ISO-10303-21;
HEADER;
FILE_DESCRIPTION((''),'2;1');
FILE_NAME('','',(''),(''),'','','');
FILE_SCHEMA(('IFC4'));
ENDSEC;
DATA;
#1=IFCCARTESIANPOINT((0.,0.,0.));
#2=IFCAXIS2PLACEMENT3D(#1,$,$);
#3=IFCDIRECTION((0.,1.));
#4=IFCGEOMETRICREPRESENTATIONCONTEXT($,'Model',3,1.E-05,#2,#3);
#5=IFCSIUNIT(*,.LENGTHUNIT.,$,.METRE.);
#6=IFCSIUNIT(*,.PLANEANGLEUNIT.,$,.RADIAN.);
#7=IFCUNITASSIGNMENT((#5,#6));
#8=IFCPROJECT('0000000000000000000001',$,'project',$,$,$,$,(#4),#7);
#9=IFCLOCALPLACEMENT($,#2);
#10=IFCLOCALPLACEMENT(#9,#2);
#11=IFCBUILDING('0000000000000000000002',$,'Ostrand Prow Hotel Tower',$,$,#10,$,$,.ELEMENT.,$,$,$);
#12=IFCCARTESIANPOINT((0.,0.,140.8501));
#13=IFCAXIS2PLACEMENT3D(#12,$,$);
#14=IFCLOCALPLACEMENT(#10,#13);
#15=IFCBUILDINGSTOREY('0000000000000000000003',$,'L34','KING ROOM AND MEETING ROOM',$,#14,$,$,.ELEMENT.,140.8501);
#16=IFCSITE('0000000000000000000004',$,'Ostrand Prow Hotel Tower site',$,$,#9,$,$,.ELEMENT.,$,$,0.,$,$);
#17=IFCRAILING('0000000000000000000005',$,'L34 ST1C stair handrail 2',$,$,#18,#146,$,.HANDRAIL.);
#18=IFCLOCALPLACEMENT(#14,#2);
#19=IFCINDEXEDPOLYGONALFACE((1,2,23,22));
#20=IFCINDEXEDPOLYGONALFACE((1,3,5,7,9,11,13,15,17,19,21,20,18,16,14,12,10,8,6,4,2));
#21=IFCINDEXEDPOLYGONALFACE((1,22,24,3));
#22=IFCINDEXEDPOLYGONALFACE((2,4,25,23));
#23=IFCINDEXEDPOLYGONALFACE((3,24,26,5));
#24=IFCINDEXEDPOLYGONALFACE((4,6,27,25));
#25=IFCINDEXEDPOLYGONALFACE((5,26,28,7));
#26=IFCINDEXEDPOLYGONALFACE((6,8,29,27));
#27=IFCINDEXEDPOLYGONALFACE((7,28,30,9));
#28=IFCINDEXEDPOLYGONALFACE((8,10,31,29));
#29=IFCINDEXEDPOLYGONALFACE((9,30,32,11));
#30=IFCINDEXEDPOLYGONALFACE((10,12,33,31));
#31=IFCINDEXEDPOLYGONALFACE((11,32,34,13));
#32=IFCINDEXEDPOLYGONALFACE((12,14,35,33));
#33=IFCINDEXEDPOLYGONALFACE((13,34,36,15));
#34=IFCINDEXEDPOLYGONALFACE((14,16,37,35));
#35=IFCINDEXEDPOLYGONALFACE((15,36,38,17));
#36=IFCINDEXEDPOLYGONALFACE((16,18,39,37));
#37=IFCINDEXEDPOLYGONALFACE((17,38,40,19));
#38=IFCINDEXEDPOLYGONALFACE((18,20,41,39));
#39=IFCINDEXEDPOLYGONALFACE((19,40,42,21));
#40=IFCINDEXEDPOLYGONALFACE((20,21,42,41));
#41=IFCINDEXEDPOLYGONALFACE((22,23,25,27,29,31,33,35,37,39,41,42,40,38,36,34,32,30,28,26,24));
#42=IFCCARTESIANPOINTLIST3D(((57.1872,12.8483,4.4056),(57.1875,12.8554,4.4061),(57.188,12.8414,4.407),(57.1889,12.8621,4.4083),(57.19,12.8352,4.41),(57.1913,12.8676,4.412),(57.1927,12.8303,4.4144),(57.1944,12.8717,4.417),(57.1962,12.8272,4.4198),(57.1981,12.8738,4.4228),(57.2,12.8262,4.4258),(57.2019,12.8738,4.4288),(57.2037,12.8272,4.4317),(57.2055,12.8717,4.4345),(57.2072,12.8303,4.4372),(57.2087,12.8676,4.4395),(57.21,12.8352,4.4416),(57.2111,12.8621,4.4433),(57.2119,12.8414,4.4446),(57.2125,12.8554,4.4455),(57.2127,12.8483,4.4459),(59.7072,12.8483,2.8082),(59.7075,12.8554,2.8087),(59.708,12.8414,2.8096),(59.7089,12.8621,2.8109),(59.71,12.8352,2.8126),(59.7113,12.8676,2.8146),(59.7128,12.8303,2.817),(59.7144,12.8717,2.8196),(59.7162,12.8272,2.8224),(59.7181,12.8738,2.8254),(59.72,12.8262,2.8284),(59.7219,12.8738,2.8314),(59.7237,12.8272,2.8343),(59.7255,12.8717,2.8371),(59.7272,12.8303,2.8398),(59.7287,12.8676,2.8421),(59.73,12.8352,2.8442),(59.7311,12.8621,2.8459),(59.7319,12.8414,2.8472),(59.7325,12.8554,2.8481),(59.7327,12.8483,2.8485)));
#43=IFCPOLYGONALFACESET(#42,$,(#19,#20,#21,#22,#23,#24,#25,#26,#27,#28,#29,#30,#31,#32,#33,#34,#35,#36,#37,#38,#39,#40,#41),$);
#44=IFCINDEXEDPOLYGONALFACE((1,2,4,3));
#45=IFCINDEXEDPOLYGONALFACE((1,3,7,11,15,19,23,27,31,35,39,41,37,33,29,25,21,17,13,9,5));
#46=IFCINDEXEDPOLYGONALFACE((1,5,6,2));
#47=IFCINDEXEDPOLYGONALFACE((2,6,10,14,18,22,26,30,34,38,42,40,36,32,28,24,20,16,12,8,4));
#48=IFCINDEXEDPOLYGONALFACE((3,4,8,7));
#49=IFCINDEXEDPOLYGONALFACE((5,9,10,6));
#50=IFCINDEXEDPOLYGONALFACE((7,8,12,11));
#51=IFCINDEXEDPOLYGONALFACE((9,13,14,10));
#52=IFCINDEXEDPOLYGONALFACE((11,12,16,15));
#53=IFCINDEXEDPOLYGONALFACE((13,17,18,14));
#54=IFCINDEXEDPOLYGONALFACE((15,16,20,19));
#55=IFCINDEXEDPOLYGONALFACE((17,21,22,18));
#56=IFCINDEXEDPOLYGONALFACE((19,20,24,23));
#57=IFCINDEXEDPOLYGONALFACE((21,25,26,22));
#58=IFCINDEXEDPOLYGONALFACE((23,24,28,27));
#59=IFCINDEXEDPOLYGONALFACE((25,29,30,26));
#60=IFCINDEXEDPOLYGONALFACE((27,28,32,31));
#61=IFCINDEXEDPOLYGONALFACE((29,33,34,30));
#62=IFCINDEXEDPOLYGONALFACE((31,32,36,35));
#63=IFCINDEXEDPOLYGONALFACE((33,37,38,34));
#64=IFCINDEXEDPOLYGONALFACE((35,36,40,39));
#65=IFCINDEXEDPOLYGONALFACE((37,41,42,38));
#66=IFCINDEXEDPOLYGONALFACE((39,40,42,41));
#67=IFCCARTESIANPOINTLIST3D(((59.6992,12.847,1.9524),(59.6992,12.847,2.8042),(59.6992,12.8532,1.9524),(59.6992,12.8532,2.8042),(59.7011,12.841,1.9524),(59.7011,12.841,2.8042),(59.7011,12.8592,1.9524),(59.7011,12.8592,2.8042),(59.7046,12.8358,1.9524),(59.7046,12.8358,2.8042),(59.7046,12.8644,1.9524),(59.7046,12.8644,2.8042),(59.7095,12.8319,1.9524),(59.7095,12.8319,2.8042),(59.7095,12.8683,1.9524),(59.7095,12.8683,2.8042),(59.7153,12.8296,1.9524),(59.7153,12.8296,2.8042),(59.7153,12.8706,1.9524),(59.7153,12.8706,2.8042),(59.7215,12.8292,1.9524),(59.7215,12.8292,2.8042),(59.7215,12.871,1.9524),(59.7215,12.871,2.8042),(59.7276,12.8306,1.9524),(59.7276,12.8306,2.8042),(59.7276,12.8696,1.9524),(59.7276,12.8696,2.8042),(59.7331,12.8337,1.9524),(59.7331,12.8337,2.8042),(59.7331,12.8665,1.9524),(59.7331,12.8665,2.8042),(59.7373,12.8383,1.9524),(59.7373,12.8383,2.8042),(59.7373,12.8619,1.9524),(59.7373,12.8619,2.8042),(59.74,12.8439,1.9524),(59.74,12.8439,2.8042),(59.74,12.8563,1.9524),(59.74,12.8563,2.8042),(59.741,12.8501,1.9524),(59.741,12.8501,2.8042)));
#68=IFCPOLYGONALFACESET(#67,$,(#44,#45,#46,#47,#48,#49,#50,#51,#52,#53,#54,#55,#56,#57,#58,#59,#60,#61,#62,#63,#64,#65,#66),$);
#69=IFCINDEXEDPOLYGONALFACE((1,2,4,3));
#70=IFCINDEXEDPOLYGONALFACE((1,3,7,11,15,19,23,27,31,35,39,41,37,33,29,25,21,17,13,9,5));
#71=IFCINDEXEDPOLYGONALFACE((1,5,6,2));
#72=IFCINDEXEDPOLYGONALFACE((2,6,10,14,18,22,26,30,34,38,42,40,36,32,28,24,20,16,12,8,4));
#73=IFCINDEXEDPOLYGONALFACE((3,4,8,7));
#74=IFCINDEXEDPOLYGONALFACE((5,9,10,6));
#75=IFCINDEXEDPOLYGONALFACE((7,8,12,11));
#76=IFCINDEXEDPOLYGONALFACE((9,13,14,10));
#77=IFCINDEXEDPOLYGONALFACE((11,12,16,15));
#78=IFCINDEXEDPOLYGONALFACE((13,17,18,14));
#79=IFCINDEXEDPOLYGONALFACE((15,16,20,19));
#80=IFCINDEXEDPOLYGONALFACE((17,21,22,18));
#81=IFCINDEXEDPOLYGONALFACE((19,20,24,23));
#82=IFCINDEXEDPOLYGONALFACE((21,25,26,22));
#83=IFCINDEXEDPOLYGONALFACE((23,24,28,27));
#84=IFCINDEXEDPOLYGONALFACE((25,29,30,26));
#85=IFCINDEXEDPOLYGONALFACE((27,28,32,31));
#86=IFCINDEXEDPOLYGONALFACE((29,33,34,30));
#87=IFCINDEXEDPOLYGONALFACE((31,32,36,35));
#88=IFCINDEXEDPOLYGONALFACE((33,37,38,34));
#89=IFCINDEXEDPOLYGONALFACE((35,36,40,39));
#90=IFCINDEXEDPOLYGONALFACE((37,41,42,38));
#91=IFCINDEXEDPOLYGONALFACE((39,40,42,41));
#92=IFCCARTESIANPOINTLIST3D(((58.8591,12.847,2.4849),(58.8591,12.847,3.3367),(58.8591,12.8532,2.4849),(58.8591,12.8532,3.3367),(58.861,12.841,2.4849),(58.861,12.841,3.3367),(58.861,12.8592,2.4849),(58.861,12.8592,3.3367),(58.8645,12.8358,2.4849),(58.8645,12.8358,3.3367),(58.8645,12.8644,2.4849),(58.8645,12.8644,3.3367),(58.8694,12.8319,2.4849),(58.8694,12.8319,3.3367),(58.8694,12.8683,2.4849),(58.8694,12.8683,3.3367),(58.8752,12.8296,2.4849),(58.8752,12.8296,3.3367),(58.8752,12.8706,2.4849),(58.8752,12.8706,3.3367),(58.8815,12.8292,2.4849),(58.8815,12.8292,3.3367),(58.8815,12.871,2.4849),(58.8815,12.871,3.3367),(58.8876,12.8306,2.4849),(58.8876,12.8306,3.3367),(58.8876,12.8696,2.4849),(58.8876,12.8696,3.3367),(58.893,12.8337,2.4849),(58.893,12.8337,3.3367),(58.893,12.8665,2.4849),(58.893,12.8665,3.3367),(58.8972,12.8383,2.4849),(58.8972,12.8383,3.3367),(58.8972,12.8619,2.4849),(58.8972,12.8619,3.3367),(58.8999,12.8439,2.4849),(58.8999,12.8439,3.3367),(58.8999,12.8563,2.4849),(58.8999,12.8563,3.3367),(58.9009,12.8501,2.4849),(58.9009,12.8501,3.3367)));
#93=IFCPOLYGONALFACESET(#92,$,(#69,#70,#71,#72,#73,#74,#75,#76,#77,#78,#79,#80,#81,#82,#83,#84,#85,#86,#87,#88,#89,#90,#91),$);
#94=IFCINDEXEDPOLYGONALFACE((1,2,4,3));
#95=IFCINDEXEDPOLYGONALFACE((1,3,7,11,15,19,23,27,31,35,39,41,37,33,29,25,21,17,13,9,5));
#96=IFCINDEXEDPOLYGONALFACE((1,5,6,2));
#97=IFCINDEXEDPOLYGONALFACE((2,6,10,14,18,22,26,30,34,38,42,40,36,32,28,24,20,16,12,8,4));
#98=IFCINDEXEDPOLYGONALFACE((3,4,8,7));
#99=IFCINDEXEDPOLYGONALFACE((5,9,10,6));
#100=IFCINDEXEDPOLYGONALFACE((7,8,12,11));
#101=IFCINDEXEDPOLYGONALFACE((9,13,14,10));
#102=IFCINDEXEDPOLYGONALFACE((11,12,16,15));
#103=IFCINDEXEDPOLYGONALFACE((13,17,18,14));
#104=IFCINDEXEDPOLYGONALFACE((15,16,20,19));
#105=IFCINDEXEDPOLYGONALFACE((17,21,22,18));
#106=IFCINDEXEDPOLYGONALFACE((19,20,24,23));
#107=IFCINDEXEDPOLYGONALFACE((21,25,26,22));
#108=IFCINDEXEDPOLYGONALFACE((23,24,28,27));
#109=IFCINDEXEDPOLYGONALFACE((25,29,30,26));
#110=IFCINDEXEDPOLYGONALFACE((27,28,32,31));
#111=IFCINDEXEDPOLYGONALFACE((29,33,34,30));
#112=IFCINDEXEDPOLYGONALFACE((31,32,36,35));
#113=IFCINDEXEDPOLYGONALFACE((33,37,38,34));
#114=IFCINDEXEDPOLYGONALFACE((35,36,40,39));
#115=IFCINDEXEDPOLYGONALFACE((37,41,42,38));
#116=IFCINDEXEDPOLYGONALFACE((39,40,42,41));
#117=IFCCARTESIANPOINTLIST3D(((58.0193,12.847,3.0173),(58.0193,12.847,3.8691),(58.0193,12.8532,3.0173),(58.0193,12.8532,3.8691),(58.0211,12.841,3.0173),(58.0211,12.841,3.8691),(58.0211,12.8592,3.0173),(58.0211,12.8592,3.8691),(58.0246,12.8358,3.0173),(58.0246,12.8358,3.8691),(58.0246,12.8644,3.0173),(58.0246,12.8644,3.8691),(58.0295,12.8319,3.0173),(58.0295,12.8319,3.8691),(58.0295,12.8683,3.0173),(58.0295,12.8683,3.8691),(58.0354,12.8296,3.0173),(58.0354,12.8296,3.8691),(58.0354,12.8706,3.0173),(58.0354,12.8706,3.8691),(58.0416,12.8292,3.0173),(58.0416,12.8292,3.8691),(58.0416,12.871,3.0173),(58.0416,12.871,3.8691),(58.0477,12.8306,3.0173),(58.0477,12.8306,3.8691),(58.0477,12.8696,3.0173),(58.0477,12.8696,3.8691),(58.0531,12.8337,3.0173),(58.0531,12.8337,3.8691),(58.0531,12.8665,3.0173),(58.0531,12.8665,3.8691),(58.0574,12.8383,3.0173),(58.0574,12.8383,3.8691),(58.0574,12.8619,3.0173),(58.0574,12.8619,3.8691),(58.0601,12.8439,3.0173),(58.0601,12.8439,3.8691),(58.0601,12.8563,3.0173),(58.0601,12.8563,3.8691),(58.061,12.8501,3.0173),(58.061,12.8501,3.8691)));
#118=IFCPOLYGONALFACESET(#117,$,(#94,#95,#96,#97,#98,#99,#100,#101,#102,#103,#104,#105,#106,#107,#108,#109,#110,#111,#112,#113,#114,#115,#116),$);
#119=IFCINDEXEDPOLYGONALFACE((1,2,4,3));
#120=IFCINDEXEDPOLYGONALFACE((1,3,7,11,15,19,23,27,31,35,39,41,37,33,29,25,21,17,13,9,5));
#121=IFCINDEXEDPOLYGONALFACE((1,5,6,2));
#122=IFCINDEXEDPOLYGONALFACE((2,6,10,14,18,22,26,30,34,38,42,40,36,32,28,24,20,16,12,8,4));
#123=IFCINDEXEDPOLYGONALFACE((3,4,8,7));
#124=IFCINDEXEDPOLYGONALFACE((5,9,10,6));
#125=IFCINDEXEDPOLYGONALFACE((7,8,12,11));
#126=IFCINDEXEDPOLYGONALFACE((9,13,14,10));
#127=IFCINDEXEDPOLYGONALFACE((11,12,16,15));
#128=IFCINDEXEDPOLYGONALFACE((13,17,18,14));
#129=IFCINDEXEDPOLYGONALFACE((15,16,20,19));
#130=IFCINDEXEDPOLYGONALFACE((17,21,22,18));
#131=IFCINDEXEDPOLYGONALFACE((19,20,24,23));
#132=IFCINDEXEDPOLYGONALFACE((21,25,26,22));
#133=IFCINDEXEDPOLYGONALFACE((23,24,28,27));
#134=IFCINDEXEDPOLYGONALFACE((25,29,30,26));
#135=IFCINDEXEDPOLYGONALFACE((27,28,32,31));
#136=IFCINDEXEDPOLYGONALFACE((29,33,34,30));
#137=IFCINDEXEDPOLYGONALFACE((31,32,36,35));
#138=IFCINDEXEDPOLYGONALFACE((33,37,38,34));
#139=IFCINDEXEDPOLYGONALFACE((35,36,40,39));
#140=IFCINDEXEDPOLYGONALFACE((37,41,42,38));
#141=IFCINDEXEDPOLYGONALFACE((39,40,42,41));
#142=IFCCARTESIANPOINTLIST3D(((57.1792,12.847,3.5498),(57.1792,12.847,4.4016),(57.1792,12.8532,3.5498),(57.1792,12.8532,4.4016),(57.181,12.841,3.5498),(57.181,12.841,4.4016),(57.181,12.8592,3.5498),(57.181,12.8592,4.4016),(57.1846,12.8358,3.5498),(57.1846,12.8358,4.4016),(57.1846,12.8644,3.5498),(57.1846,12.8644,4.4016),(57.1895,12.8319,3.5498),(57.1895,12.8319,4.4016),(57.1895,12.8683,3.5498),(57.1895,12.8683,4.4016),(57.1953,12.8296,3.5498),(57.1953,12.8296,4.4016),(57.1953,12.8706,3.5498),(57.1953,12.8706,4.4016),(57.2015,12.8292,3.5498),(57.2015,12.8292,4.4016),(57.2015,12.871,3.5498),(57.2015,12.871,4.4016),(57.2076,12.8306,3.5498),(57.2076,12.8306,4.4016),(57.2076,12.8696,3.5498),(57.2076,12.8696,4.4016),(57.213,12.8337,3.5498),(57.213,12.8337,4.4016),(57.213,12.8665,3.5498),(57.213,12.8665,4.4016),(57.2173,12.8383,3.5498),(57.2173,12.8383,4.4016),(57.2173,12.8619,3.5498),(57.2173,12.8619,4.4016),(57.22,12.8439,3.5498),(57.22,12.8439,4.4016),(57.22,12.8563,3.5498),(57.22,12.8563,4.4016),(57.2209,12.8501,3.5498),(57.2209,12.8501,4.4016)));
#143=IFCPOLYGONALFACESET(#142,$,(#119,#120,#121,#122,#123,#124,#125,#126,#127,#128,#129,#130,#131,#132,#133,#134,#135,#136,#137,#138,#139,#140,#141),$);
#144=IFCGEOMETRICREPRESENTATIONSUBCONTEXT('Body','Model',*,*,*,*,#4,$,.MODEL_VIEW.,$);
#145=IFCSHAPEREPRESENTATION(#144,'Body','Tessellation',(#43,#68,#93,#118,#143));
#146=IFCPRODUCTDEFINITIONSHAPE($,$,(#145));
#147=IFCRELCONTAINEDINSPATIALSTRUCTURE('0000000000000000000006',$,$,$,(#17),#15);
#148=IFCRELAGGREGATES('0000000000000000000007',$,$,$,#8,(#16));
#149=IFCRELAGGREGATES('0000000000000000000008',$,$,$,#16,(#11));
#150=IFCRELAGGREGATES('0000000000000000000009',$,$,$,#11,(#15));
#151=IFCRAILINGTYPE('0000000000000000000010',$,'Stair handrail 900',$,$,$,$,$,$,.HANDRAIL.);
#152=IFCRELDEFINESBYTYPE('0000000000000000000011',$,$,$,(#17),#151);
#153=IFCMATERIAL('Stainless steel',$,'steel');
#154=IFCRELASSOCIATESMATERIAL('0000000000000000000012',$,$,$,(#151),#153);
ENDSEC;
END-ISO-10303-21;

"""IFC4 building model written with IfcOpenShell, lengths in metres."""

from ifc_helpers import new_model, si_unit, direction, frame, origin, origin_2d, place, context, subcontext, project, spatial, circle, extrude, material, type_object, element, save


model = new_model("IFC4")

# Units and contexts
model_context = context("Model", 3, precision=1e-05, world=origin(), true_north=direction((0.0, 1.0)))
body_context = subcontext(model_context, "Body", "Model", "MODEL_VIEW")
ifc_project = project(units=[si_unit("LENGTHUNIT", "METRE"), si_unit("PLANEANGLEUNIT", "RADIAN")], contexts=[model_context])

# Site, building, storey
site_placement = place(None, origin())
site = spatial("IfcSite", under=ifc_project, at=site_placement, Name="Ostrand Prow Hotel Tower site", CompositionType="ELEMENT", RefElevation=0.0)
building_placement = place(site_placement, origin())
building = spatial("IfcBuilding", under=site, at=building_placement, Name="Ostrand Prow Hotel Tower", CompositionType="ELEMENT")
storey_placement = place(building_placement, frame((0.0, 0.0, 140.8501)))
storey = spatial("IfcBuildingStorey", under=building, at=storey_placement, Name="L34", Description="KING ROOM AND MEETING ROOM", CompositionType="ELEMENT", Elevation=140.8501)

# Railing
ifc_material_1 = material(Name="Stainless steel", Category="steel")
railing_type_1 = type_object("IfcRailingType", Name="Stair handrail 900", PredefinedType="HANDRAIL", material=ifc_material_1)
railing_1_placement = place(storey_placement, frame((59.72, 12.8501, 1.9524)))
element("IfcRailing", 1, at=railing_1_placement, inside=storey, type_object=railing_type_1, Name="L34 ST1C stair handrail 2", PredefinedType="HANDRAIL", context=body_context, shape_type="SweptSolid", body=[
    extrude(circle(Radius=0.0239, at=origin_2d()), frame((0.0, 0.0, 0.876), z_axis=(-0.844607, 0.0, 0.535387), x_axis=(0.0, -1.0, 0.0)), (0.0, 0.0, 1.0), 2.9836),
    extrude(circle(Radius=0.021, at=origin_2d()), origin(), (0.0, 0.0, 1.0), 0.8518),
    extrude(circle(Radius=0.021, at=origin_2d()), frame((-0.8401, 0.0, 0.5325)), (0.0, 0.0, 1.0), 0.8518),
    extrude(circle(Radius=0.021, at=origin_2d()), frame((-1.6799, 0.0, 1.0649)), (0.0, 0.0, 1.0), 0.8518),
    extrude(circle(Radius=0.021, at=origin_2d()), frame((-2.52, 0.0, 1.5974)), (0.0, 0.0, 1.0), 0.8518),
])

save(model, "model.ifc")
